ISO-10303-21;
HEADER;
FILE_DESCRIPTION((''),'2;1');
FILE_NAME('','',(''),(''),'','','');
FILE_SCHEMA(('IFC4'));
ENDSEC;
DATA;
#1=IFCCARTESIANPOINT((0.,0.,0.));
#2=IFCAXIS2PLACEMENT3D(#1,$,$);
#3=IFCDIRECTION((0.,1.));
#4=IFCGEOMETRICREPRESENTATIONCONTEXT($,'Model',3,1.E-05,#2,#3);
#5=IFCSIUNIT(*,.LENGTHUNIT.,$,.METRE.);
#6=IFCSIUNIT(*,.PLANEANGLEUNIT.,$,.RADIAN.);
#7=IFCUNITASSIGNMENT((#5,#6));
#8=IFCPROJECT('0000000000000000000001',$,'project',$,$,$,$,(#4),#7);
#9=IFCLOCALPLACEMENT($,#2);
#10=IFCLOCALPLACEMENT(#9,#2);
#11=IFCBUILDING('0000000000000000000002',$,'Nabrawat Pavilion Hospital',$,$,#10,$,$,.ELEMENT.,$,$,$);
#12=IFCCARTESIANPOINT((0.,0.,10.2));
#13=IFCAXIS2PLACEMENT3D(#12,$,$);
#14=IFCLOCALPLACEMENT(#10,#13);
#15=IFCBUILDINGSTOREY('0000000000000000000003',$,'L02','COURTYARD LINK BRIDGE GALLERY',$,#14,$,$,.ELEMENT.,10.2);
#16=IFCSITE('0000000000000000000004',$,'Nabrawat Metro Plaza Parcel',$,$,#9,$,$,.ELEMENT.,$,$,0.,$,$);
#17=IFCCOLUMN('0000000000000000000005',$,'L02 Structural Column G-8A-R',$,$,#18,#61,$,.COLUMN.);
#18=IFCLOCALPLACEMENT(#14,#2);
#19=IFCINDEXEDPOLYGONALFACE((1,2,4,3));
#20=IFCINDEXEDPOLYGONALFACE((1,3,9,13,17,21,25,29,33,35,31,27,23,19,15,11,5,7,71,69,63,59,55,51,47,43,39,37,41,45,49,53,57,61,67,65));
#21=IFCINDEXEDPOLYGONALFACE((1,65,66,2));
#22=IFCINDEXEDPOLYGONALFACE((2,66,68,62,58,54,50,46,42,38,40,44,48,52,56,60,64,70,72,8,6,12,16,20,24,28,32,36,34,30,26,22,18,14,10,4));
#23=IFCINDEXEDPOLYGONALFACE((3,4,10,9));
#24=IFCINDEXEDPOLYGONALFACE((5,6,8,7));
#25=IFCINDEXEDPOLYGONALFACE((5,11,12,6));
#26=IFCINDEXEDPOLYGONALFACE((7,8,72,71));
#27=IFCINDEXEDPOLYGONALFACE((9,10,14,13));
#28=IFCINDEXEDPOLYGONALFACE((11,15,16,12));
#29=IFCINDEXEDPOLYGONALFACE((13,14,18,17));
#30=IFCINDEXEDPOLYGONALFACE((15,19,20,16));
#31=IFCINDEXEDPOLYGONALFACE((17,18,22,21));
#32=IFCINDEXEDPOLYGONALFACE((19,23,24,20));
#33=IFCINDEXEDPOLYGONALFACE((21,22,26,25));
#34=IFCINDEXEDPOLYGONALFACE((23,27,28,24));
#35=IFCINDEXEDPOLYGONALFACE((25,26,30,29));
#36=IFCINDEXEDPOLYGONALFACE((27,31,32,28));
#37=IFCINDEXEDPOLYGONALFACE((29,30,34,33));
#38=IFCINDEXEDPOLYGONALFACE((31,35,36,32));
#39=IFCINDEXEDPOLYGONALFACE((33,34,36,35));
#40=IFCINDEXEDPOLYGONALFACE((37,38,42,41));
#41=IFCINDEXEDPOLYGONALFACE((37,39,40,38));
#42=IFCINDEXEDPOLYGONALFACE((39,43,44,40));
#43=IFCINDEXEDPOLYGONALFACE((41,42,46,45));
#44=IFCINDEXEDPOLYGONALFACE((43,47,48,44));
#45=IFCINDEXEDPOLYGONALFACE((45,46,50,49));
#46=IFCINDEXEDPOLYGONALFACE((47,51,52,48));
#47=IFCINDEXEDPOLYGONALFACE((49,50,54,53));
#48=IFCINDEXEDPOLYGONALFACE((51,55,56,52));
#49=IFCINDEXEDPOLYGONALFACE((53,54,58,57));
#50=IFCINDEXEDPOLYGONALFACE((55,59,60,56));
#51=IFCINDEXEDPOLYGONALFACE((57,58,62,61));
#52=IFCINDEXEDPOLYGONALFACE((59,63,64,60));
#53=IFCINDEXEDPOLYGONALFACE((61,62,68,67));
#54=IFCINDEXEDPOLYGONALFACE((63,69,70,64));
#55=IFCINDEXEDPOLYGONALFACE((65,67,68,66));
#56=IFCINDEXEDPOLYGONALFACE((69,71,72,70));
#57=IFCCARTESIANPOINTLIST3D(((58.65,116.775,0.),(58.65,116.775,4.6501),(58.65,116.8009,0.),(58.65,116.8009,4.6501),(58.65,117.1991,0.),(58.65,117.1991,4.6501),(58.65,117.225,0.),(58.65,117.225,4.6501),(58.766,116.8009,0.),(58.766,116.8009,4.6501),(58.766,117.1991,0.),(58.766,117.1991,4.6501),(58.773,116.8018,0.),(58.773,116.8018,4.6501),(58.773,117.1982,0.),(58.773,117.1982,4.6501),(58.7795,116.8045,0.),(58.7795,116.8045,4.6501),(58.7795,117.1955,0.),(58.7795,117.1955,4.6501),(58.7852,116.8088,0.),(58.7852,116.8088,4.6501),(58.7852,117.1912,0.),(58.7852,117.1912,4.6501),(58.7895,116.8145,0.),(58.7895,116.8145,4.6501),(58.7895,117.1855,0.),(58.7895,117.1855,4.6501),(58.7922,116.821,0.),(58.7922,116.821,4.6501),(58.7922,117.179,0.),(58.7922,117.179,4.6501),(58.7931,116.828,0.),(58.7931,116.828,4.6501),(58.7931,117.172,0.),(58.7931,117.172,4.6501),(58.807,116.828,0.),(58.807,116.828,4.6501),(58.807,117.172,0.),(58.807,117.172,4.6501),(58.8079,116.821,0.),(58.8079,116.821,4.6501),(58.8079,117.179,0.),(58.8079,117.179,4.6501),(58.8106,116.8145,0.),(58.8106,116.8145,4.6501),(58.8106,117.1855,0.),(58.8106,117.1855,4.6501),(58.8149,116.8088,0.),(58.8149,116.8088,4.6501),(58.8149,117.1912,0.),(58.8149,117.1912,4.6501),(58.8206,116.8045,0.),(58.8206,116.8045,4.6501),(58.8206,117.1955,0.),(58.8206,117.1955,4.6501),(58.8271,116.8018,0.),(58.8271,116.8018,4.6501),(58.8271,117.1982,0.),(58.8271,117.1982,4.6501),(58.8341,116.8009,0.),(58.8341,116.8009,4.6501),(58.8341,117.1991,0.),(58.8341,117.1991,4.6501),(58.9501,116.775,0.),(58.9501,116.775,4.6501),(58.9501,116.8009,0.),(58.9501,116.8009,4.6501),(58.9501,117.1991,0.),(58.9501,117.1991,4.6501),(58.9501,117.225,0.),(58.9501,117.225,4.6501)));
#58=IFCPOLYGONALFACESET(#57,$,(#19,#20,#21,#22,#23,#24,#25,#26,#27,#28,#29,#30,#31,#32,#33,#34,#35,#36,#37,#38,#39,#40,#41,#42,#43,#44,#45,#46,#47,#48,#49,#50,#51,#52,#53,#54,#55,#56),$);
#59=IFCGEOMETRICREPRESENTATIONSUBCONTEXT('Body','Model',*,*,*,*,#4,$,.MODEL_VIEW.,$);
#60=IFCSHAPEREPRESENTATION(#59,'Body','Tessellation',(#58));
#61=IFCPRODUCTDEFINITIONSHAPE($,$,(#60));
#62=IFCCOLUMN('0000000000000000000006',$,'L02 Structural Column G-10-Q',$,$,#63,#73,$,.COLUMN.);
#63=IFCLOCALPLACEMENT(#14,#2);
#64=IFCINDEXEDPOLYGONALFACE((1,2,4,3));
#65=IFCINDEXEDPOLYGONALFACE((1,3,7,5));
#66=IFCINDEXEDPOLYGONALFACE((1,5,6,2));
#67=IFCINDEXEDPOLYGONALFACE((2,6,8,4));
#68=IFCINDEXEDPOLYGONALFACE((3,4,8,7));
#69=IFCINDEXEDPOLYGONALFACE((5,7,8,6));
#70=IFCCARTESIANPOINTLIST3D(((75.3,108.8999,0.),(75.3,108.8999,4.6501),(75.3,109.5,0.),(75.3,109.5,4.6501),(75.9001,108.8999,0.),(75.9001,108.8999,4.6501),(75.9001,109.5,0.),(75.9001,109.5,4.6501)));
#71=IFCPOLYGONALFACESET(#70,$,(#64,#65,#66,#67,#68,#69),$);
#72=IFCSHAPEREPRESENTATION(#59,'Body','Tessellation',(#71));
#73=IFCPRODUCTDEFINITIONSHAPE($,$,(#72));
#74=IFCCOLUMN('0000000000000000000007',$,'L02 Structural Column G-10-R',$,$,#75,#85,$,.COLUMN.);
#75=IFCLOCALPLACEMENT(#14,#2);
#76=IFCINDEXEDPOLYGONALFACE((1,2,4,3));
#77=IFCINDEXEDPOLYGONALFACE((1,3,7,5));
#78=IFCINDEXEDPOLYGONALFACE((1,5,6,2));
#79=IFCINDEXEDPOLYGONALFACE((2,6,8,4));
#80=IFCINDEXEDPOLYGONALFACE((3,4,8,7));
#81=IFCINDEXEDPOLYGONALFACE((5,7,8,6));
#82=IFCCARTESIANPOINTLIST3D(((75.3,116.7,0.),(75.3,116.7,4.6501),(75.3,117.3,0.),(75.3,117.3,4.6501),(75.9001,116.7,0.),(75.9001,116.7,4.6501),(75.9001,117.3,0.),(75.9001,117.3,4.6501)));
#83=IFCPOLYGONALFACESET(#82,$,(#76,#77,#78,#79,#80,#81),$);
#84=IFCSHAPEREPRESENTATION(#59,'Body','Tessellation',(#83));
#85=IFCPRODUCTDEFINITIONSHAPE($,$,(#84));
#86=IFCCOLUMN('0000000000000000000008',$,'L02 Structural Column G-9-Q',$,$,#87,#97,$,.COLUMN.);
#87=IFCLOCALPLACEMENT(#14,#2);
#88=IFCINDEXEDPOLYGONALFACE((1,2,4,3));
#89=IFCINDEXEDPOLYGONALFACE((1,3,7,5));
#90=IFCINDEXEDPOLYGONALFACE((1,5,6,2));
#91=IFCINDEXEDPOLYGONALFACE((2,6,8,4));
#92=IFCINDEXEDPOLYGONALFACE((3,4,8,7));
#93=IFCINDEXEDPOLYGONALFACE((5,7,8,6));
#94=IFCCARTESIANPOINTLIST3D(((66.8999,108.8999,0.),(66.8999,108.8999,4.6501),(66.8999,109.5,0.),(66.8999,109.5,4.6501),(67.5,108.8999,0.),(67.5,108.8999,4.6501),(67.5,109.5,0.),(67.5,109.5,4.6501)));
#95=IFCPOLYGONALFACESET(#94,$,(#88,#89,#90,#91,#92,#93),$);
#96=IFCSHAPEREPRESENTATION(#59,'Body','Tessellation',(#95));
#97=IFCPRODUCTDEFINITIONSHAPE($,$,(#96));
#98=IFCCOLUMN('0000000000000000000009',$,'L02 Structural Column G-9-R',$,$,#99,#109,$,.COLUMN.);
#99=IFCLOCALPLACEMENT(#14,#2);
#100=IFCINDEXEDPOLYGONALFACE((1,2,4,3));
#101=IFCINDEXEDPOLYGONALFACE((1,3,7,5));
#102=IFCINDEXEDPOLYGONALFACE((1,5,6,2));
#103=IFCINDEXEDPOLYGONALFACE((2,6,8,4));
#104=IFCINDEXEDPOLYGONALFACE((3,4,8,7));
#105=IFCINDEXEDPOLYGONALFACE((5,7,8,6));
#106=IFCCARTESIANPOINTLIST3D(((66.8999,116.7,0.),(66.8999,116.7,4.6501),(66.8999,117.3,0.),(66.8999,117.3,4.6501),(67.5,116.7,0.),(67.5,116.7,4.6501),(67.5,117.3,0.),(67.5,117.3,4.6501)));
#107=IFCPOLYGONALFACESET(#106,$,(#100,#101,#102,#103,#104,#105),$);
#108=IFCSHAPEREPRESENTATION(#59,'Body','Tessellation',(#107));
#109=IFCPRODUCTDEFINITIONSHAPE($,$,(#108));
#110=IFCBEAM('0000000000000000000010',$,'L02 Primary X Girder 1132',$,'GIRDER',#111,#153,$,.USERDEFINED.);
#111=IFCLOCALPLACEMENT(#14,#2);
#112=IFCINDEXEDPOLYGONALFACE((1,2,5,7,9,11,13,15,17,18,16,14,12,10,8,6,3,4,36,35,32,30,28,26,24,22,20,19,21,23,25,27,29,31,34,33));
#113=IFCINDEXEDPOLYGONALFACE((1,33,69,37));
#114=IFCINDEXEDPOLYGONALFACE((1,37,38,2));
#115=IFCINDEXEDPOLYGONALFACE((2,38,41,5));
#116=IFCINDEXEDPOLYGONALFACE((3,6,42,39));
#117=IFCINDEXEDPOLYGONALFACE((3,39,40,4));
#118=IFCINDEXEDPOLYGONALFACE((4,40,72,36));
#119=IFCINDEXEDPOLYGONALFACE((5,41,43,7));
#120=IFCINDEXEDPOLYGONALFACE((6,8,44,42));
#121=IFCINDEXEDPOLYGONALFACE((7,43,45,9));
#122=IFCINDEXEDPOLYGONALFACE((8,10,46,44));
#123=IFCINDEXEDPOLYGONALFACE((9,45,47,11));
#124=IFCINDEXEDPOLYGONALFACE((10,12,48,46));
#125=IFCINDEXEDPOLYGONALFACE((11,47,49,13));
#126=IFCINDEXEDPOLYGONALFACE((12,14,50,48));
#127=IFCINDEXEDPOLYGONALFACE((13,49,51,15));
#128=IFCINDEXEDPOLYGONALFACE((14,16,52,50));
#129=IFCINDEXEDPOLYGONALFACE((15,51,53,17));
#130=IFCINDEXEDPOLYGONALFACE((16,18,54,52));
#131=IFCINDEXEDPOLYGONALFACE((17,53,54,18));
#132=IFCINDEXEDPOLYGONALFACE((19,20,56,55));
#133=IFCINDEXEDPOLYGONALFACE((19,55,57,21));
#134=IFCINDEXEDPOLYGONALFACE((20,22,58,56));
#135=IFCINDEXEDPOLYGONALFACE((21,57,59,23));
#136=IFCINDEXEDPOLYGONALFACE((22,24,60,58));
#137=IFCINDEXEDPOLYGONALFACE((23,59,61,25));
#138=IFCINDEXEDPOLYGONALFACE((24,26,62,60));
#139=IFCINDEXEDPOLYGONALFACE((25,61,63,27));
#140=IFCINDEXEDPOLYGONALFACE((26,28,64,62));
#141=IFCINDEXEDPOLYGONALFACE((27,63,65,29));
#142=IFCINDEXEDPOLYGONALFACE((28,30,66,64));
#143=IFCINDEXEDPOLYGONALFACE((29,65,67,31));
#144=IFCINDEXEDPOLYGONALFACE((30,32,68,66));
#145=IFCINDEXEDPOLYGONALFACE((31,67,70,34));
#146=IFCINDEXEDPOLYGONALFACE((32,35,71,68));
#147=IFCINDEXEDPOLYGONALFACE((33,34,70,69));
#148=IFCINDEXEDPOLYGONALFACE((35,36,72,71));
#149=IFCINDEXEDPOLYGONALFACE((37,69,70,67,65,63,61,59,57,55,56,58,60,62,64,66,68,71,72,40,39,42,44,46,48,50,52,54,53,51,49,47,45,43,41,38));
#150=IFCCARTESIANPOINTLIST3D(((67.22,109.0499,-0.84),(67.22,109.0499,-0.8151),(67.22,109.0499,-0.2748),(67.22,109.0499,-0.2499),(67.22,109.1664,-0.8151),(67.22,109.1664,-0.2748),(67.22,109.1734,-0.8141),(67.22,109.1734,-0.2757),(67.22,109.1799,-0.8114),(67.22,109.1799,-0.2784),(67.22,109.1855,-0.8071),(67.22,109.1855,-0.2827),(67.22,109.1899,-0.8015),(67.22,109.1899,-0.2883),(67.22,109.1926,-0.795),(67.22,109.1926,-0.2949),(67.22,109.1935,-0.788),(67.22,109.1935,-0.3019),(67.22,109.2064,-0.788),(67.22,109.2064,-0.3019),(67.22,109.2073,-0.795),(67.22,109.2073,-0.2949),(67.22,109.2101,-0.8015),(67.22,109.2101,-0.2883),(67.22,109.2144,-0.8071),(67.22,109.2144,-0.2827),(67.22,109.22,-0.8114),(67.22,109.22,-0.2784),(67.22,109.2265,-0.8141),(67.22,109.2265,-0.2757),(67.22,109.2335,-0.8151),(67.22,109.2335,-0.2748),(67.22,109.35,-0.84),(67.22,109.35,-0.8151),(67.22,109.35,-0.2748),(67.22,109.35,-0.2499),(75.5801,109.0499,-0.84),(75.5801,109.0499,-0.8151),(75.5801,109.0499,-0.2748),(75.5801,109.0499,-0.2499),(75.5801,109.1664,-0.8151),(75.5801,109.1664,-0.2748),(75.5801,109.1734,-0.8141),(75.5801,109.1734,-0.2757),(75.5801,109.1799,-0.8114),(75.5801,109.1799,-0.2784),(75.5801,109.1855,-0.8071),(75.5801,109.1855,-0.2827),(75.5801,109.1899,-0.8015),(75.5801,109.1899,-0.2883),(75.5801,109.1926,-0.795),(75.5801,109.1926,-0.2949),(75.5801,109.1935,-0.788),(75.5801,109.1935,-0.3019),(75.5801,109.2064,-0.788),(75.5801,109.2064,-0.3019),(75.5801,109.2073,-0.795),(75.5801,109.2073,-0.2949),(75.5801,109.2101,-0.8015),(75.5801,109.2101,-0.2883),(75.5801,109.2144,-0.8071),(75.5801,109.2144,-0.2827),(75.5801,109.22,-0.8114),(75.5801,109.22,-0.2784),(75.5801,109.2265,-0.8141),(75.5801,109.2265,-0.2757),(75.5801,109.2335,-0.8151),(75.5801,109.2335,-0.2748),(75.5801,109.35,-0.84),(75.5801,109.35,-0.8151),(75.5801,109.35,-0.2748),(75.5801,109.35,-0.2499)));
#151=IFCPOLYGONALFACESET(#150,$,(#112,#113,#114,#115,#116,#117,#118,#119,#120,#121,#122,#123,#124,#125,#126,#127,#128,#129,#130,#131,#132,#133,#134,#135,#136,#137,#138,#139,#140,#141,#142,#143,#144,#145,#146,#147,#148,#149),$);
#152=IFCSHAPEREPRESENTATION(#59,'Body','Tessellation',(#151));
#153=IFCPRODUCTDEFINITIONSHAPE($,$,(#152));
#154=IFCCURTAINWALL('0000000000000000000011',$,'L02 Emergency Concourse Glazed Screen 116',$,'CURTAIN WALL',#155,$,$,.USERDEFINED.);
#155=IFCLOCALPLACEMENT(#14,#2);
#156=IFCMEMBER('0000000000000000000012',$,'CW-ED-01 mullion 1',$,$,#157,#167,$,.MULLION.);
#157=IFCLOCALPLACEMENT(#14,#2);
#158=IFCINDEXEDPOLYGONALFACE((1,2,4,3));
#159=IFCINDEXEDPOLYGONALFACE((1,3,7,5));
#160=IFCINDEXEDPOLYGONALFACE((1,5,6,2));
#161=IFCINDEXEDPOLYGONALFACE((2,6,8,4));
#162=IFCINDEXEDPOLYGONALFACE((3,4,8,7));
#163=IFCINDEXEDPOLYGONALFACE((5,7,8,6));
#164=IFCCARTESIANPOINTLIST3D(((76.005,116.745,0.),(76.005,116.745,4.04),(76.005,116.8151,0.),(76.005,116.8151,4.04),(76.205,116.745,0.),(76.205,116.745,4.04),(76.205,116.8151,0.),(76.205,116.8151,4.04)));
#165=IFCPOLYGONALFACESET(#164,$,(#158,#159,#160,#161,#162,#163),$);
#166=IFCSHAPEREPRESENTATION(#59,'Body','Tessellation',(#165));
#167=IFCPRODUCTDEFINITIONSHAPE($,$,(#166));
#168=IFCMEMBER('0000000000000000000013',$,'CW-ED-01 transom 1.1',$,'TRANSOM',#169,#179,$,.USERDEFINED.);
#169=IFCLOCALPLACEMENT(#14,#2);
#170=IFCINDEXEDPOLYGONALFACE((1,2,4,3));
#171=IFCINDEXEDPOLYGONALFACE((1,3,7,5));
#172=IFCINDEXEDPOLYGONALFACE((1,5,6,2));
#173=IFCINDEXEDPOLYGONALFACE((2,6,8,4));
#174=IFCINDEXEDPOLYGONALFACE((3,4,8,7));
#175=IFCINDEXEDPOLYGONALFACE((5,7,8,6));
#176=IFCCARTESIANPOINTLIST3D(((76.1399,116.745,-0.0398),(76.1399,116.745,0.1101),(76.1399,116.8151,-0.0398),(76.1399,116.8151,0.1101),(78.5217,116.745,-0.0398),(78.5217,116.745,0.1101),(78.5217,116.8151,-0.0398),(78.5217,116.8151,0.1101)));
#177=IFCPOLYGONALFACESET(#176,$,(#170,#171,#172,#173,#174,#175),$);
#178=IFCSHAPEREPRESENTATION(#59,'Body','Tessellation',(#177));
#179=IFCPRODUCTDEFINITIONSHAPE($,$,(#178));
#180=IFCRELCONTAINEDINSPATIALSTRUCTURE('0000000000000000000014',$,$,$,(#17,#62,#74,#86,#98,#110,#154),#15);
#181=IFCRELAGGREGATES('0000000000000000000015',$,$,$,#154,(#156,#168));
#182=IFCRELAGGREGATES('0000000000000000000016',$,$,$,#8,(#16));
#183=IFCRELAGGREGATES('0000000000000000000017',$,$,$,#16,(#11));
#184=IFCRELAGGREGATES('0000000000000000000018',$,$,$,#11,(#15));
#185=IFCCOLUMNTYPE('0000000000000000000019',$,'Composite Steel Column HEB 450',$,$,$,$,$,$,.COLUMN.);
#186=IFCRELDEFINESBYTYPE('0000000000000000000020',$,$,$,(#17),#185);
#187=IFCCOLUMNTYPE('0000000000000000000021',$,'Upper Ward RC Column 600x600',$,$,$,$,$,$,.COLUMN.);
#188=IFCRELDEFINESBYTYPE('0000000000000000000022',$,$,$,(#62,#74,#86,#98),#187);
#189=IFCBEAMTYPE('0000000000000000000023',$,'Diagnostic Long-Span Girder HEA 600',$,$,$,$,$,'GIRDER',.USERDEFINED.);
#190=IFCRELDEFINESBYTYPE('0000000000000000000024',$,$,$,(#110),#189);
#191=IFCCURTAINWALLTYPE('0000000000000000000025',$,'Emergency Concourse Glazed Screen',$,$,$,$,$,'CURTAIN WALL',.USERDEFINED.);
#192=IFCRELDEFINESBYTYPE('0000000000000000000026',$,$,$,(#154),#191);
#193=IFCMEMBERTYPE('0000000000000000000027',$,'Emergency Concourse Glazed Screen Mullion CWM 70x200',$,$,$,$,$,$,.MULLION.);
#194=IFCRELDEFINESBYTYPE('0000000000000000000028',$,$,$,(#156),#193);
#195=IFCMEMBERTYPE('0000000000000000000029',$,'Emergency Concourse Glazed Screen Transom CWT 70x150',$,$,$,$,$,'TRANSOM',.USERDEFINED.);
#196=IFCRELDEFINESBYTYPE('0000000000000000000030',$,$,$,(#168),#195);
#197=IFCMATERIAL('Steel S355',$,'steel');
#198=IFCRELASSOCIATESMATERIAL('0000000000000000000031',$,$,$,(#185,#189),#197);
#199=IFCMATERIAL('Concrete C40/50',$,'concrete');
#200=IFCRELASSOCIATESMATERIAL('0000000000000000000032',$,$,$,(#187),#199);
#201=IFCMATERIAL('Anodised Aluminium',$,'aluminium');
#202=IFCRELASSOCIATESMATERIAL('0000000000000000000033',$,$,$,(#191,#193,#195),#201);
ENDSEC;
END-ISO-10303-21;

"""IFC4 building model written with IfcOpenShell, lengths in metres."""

from ifc_helpers import new_model, si_unit, direction, frame, origin, origin_2d, place, context, subcontext, project, spatial, rectangle, i_section, extrude, material, material_profile, profile_set, type_object, element, aggregate, save


model = new_model("IFC4")

# Units and contexts
model_context = context("Model", 3, precision=1e-05, world=origin(), true_north=direction((0.0, 1.0)))
body_context = subcontext(model_context, "Body", "Model", "MODEL_VIEW")
ifc_project = project(units=[si_unit("LENGTHUNIT", "METRE"), si_unit("PLANEANGLEUNIT", "RADIAN")], contexts=[model_context])

# Site, building, storey
site_placement = place(None, origin())
site = spatial("IfcSite", under=ifc_project, at=site_placement, Name="Nabrawat Metro Plaza Parcel", CompositionType="ELEMENT", RefElevation=0.0)
building_placement = place(site_placement, origin())
building = spatial("IfcBuilding", under=site, at=building_placement, Name="Nabrawat Pavilion Hospital", CompositionType="ELEMENT")
storey_placement = place(building_placement, frame((0.0, 0.0, 10.2)))
storey = spatial("IfcBuildingStorey", under=building, at=storey_placement, Name="L02", Description="COURTYARD LINK BRIDGE GALLERY", CompositionType="ELEMENT", Elevation=10.2)

# Columns
ifc_material_1 = material(Name="Steel S355", Category="steel")
ifc_material_profile_1 = material_profile(ifc_material_1, i_section(OverallWidth=0.3, OverallDepth=0.45, WebThickness=0.0139, FlangeThickness=0.0259, FilletRadius=0.0271, at=origin_2d()), Name="HEB 450")
ifc_profile_set_1 = profile_set([ifc_material_profile_1], Name="Steel S355")
column_type_1 = type_object("IfcColumnType", Name="Composite Steel Column HEB 450", PredefinedType="COLUMN", material=ifc_profile_set_1)
column_placement = place(storey_placement, frame((58.8, 117.0, 0.0), z_axis=(0.0, 0.0, 1.0), x_axis=(1.0, 0.0, 0.0)))
element("IfcColumn", 1, at=column_placement, inside=storey, type_object=column_type_1, Name="L02 Structural Column G-8A-R", PredefinedType="COLUMN", context=body_context, shape_type="SweptSolid", body=[
    extrude(i_section(OverallWidth=0.3, OverallDepth=0.45, WebThickness=0.0139, FlangeThickness=0.0259, FilletRadius=0.0271, at=origin_2d()), origin(), (0.0, 0.0, 1.0), 4.6501),
])
ifc_material_2 = material(Name="Concrete C40/50", Category="concrete")
ifc_material_profile_2 = material_profile(ifc_material_2, rectangle(XDim=0.6001, YDim=0.6001, at=origin_2d()), Name="RC 600x600")
ifc_profile_set_2 = profile_set([ifc_material_profile_2], Name="Concrete C40/50")
column_type_2 = type_object("IfcColumnType", Name="Upper Ward RC Column 600x600", PredefinedType="COLUMN", material=ifc_profile_set_2)
for number, where, z_axis, x_axis, name in (
    (2, (75.6001, 109.2, 0.0), (0.0, 0.0, 1.0), (1.0, 0.0, 0.0), "L02 Structural Column G-10-Q"),
    (3, (75.6001, 117.0, 0.0), (0.0, 0.0, 1.0), (1.0, 0.0, 0.0), "L02 Structural Column G-10-R"),
    (4, (67.2, 109.2, 0.0), (0.0, 0.0, 1.0), (1.0, 0.0, 0.0), "L02 Structural Column G-9-Q"),
    (5, (67.2, 117.0, 0.0), (0.0, 0.0, 1.0), (1.0, 0.0, 0.0), "L02 Structural Column G-9-R"),
):
    element("IfcColumn", number, at=place(storey_placement, frame(where, z_axis=z_axis, x_axis=x_axis)), inside=storey, type_object=column_type_2, Name=name, PredefinedType="COLUMN", context=body_context, shape_type="SweptSolid", body=[
        extrude(rectangle(XDim=0.6001, YDim=0.6001, at=origin_2d()), origin(), (0.0, 0.0, 1.0), 4.6501),
    ])

# Beam
ifc_material_profile_3 = material_profile(ifc_material_1, i_section(OverallWidth=0.3, OverallDepth=0.5901, WebThickness=0.0129, FlangeThickness=0.0249, FilletRadius=0.0271, at=origin_2d()), Name="HEA 600")
ifc_profile_set_3 = profile_set([ifc_material_profile_3], Name="Steel S355")
beam_type_1 = type_object("IfcBeamType", Name="Diagnostic Long-Span Girder HEA 600", ElementType="GIRDER", PredefinedType="USERDEFINED", material=ifc_profile_set_3)
beam_1_placement = place(storey_placement, frame((67.22, 109.2, -0.5449), z_axis=(1.0, 0.0, 0.0), x_axis=(0.0, 1.0, 0.0)))
element("IfcBeam", 6, at=beam_1_placement, inside=storey, type_object=beam_type_1, Name="L02 Primary X Girder 1132", ObjectType="GIRDER", PredefinedType="USERDEFINED", context=body_context, shape_type="SweptSolid", body=[
    extrude(i_section(OverallWidth=0.3, OverallDepth=0.5901, WebThickness=0.0129, FlangeThickness=0.0249, FilletRadius=0.0271, at=origin_2d()), origin(), (0.0, 0.0, 1.0), 8.3601),
])

# Curtain wall, members
ifc_material_3 = material(Name="Anodised Aluminium", Category="aluminium")
curtain_wall_type = type_object("IfcCurtainWallType", Name="Emergency Concourse Glazed Screen", ElementType="CURTAIN WALL", PredefinedType="USERDEFINED", material=ifc_material_3)
curtain_wall_placement = place(storey_placement, origin())
curtain_wall = element("IfcCurtainWall", 7, at=curtain_wall_placement, inside=storey, type_object=curtain_wall_type, Name="L02 Emergency Concourse Glazed Screen 116", ObjectType="CURTAIN WALL", PredefinedType="USERDEFINED")
ifc_material_profile_4 = material_profile(ifc_material_3, rectangle(XDim=0.0701, YDim=0.2, at=origin_2d()), Name="CWM 70x200")
ifc_profile_set_4 = profile_set([ifc_material_profile_4], Name="Anodised Aluminium")
member_type_1 = type_object("IfcMemberType", Name="Emergency Concourse Glazed Screen Mullion CWM 70x200", PredefinedType="MULLION", material=ifc_profile_set_4)
member_1_placement = place(storey_placement, frame((76.105, 116.78, 0.0), z_axis=(0.0, 0.0, 1.0), x_axis=(0.0, 1.0, 0.0)))
member_1 = element("IfcMember", 8, at=member_1_placement, type_object=member_type_1, Name="CW-ED-01 mullion 1", PredefinedType="MULLION", context=body_context, shape_type="SweptSolid", body=[
    extrude(rectangle(XDim=0.0701, YDim=0.2, at=origin_2d()), origin(), (0.0, 0.0, 1.0), 4.04),
])
ifc_material_profile_5 = material_profile(ifc_material_3, rectangle(XDim=0.0701, YDim=0.1499, at=origin_2d()), Name="CWT 70x150")
ifc_profile_set_5 = profile_set([ifc_material_profile_5], Name="Anodised Aluminium")
member_type_2 = type_object("IfcMemberType", Name="Emergency Concourse Glazed Screen Transom CWT 70x150", ElementType="TRANSOM", PredefinedType="USERDEFINED", material=ifc_profile_set_5)
member_2_placement = place(storey_placement, frame((76.1399, 116.78, 0.0352), z_axis=(1.0, 0.0, 0.0), x_axis=(0.0, 1.0, 0.0)))
member_2 = element("IfcMember", 9, at=member_2_placement, type_object=member_type_2, Name="CW-ED-01 transom 1.1", ObjectType="TRANSOM", PredefinedType="USERDEFINED", context=body_context, shape_type="SweptSolid", body=[
    extrude(rectangle(XDim=0.0701, YDim=0.1499, at=origin_2d()), origin(), (0.0, 0.0, 1.0), 2.3818),
])
aggregate(curtain_wall, [member_1, member_2])

save(model, "model.ifc")
